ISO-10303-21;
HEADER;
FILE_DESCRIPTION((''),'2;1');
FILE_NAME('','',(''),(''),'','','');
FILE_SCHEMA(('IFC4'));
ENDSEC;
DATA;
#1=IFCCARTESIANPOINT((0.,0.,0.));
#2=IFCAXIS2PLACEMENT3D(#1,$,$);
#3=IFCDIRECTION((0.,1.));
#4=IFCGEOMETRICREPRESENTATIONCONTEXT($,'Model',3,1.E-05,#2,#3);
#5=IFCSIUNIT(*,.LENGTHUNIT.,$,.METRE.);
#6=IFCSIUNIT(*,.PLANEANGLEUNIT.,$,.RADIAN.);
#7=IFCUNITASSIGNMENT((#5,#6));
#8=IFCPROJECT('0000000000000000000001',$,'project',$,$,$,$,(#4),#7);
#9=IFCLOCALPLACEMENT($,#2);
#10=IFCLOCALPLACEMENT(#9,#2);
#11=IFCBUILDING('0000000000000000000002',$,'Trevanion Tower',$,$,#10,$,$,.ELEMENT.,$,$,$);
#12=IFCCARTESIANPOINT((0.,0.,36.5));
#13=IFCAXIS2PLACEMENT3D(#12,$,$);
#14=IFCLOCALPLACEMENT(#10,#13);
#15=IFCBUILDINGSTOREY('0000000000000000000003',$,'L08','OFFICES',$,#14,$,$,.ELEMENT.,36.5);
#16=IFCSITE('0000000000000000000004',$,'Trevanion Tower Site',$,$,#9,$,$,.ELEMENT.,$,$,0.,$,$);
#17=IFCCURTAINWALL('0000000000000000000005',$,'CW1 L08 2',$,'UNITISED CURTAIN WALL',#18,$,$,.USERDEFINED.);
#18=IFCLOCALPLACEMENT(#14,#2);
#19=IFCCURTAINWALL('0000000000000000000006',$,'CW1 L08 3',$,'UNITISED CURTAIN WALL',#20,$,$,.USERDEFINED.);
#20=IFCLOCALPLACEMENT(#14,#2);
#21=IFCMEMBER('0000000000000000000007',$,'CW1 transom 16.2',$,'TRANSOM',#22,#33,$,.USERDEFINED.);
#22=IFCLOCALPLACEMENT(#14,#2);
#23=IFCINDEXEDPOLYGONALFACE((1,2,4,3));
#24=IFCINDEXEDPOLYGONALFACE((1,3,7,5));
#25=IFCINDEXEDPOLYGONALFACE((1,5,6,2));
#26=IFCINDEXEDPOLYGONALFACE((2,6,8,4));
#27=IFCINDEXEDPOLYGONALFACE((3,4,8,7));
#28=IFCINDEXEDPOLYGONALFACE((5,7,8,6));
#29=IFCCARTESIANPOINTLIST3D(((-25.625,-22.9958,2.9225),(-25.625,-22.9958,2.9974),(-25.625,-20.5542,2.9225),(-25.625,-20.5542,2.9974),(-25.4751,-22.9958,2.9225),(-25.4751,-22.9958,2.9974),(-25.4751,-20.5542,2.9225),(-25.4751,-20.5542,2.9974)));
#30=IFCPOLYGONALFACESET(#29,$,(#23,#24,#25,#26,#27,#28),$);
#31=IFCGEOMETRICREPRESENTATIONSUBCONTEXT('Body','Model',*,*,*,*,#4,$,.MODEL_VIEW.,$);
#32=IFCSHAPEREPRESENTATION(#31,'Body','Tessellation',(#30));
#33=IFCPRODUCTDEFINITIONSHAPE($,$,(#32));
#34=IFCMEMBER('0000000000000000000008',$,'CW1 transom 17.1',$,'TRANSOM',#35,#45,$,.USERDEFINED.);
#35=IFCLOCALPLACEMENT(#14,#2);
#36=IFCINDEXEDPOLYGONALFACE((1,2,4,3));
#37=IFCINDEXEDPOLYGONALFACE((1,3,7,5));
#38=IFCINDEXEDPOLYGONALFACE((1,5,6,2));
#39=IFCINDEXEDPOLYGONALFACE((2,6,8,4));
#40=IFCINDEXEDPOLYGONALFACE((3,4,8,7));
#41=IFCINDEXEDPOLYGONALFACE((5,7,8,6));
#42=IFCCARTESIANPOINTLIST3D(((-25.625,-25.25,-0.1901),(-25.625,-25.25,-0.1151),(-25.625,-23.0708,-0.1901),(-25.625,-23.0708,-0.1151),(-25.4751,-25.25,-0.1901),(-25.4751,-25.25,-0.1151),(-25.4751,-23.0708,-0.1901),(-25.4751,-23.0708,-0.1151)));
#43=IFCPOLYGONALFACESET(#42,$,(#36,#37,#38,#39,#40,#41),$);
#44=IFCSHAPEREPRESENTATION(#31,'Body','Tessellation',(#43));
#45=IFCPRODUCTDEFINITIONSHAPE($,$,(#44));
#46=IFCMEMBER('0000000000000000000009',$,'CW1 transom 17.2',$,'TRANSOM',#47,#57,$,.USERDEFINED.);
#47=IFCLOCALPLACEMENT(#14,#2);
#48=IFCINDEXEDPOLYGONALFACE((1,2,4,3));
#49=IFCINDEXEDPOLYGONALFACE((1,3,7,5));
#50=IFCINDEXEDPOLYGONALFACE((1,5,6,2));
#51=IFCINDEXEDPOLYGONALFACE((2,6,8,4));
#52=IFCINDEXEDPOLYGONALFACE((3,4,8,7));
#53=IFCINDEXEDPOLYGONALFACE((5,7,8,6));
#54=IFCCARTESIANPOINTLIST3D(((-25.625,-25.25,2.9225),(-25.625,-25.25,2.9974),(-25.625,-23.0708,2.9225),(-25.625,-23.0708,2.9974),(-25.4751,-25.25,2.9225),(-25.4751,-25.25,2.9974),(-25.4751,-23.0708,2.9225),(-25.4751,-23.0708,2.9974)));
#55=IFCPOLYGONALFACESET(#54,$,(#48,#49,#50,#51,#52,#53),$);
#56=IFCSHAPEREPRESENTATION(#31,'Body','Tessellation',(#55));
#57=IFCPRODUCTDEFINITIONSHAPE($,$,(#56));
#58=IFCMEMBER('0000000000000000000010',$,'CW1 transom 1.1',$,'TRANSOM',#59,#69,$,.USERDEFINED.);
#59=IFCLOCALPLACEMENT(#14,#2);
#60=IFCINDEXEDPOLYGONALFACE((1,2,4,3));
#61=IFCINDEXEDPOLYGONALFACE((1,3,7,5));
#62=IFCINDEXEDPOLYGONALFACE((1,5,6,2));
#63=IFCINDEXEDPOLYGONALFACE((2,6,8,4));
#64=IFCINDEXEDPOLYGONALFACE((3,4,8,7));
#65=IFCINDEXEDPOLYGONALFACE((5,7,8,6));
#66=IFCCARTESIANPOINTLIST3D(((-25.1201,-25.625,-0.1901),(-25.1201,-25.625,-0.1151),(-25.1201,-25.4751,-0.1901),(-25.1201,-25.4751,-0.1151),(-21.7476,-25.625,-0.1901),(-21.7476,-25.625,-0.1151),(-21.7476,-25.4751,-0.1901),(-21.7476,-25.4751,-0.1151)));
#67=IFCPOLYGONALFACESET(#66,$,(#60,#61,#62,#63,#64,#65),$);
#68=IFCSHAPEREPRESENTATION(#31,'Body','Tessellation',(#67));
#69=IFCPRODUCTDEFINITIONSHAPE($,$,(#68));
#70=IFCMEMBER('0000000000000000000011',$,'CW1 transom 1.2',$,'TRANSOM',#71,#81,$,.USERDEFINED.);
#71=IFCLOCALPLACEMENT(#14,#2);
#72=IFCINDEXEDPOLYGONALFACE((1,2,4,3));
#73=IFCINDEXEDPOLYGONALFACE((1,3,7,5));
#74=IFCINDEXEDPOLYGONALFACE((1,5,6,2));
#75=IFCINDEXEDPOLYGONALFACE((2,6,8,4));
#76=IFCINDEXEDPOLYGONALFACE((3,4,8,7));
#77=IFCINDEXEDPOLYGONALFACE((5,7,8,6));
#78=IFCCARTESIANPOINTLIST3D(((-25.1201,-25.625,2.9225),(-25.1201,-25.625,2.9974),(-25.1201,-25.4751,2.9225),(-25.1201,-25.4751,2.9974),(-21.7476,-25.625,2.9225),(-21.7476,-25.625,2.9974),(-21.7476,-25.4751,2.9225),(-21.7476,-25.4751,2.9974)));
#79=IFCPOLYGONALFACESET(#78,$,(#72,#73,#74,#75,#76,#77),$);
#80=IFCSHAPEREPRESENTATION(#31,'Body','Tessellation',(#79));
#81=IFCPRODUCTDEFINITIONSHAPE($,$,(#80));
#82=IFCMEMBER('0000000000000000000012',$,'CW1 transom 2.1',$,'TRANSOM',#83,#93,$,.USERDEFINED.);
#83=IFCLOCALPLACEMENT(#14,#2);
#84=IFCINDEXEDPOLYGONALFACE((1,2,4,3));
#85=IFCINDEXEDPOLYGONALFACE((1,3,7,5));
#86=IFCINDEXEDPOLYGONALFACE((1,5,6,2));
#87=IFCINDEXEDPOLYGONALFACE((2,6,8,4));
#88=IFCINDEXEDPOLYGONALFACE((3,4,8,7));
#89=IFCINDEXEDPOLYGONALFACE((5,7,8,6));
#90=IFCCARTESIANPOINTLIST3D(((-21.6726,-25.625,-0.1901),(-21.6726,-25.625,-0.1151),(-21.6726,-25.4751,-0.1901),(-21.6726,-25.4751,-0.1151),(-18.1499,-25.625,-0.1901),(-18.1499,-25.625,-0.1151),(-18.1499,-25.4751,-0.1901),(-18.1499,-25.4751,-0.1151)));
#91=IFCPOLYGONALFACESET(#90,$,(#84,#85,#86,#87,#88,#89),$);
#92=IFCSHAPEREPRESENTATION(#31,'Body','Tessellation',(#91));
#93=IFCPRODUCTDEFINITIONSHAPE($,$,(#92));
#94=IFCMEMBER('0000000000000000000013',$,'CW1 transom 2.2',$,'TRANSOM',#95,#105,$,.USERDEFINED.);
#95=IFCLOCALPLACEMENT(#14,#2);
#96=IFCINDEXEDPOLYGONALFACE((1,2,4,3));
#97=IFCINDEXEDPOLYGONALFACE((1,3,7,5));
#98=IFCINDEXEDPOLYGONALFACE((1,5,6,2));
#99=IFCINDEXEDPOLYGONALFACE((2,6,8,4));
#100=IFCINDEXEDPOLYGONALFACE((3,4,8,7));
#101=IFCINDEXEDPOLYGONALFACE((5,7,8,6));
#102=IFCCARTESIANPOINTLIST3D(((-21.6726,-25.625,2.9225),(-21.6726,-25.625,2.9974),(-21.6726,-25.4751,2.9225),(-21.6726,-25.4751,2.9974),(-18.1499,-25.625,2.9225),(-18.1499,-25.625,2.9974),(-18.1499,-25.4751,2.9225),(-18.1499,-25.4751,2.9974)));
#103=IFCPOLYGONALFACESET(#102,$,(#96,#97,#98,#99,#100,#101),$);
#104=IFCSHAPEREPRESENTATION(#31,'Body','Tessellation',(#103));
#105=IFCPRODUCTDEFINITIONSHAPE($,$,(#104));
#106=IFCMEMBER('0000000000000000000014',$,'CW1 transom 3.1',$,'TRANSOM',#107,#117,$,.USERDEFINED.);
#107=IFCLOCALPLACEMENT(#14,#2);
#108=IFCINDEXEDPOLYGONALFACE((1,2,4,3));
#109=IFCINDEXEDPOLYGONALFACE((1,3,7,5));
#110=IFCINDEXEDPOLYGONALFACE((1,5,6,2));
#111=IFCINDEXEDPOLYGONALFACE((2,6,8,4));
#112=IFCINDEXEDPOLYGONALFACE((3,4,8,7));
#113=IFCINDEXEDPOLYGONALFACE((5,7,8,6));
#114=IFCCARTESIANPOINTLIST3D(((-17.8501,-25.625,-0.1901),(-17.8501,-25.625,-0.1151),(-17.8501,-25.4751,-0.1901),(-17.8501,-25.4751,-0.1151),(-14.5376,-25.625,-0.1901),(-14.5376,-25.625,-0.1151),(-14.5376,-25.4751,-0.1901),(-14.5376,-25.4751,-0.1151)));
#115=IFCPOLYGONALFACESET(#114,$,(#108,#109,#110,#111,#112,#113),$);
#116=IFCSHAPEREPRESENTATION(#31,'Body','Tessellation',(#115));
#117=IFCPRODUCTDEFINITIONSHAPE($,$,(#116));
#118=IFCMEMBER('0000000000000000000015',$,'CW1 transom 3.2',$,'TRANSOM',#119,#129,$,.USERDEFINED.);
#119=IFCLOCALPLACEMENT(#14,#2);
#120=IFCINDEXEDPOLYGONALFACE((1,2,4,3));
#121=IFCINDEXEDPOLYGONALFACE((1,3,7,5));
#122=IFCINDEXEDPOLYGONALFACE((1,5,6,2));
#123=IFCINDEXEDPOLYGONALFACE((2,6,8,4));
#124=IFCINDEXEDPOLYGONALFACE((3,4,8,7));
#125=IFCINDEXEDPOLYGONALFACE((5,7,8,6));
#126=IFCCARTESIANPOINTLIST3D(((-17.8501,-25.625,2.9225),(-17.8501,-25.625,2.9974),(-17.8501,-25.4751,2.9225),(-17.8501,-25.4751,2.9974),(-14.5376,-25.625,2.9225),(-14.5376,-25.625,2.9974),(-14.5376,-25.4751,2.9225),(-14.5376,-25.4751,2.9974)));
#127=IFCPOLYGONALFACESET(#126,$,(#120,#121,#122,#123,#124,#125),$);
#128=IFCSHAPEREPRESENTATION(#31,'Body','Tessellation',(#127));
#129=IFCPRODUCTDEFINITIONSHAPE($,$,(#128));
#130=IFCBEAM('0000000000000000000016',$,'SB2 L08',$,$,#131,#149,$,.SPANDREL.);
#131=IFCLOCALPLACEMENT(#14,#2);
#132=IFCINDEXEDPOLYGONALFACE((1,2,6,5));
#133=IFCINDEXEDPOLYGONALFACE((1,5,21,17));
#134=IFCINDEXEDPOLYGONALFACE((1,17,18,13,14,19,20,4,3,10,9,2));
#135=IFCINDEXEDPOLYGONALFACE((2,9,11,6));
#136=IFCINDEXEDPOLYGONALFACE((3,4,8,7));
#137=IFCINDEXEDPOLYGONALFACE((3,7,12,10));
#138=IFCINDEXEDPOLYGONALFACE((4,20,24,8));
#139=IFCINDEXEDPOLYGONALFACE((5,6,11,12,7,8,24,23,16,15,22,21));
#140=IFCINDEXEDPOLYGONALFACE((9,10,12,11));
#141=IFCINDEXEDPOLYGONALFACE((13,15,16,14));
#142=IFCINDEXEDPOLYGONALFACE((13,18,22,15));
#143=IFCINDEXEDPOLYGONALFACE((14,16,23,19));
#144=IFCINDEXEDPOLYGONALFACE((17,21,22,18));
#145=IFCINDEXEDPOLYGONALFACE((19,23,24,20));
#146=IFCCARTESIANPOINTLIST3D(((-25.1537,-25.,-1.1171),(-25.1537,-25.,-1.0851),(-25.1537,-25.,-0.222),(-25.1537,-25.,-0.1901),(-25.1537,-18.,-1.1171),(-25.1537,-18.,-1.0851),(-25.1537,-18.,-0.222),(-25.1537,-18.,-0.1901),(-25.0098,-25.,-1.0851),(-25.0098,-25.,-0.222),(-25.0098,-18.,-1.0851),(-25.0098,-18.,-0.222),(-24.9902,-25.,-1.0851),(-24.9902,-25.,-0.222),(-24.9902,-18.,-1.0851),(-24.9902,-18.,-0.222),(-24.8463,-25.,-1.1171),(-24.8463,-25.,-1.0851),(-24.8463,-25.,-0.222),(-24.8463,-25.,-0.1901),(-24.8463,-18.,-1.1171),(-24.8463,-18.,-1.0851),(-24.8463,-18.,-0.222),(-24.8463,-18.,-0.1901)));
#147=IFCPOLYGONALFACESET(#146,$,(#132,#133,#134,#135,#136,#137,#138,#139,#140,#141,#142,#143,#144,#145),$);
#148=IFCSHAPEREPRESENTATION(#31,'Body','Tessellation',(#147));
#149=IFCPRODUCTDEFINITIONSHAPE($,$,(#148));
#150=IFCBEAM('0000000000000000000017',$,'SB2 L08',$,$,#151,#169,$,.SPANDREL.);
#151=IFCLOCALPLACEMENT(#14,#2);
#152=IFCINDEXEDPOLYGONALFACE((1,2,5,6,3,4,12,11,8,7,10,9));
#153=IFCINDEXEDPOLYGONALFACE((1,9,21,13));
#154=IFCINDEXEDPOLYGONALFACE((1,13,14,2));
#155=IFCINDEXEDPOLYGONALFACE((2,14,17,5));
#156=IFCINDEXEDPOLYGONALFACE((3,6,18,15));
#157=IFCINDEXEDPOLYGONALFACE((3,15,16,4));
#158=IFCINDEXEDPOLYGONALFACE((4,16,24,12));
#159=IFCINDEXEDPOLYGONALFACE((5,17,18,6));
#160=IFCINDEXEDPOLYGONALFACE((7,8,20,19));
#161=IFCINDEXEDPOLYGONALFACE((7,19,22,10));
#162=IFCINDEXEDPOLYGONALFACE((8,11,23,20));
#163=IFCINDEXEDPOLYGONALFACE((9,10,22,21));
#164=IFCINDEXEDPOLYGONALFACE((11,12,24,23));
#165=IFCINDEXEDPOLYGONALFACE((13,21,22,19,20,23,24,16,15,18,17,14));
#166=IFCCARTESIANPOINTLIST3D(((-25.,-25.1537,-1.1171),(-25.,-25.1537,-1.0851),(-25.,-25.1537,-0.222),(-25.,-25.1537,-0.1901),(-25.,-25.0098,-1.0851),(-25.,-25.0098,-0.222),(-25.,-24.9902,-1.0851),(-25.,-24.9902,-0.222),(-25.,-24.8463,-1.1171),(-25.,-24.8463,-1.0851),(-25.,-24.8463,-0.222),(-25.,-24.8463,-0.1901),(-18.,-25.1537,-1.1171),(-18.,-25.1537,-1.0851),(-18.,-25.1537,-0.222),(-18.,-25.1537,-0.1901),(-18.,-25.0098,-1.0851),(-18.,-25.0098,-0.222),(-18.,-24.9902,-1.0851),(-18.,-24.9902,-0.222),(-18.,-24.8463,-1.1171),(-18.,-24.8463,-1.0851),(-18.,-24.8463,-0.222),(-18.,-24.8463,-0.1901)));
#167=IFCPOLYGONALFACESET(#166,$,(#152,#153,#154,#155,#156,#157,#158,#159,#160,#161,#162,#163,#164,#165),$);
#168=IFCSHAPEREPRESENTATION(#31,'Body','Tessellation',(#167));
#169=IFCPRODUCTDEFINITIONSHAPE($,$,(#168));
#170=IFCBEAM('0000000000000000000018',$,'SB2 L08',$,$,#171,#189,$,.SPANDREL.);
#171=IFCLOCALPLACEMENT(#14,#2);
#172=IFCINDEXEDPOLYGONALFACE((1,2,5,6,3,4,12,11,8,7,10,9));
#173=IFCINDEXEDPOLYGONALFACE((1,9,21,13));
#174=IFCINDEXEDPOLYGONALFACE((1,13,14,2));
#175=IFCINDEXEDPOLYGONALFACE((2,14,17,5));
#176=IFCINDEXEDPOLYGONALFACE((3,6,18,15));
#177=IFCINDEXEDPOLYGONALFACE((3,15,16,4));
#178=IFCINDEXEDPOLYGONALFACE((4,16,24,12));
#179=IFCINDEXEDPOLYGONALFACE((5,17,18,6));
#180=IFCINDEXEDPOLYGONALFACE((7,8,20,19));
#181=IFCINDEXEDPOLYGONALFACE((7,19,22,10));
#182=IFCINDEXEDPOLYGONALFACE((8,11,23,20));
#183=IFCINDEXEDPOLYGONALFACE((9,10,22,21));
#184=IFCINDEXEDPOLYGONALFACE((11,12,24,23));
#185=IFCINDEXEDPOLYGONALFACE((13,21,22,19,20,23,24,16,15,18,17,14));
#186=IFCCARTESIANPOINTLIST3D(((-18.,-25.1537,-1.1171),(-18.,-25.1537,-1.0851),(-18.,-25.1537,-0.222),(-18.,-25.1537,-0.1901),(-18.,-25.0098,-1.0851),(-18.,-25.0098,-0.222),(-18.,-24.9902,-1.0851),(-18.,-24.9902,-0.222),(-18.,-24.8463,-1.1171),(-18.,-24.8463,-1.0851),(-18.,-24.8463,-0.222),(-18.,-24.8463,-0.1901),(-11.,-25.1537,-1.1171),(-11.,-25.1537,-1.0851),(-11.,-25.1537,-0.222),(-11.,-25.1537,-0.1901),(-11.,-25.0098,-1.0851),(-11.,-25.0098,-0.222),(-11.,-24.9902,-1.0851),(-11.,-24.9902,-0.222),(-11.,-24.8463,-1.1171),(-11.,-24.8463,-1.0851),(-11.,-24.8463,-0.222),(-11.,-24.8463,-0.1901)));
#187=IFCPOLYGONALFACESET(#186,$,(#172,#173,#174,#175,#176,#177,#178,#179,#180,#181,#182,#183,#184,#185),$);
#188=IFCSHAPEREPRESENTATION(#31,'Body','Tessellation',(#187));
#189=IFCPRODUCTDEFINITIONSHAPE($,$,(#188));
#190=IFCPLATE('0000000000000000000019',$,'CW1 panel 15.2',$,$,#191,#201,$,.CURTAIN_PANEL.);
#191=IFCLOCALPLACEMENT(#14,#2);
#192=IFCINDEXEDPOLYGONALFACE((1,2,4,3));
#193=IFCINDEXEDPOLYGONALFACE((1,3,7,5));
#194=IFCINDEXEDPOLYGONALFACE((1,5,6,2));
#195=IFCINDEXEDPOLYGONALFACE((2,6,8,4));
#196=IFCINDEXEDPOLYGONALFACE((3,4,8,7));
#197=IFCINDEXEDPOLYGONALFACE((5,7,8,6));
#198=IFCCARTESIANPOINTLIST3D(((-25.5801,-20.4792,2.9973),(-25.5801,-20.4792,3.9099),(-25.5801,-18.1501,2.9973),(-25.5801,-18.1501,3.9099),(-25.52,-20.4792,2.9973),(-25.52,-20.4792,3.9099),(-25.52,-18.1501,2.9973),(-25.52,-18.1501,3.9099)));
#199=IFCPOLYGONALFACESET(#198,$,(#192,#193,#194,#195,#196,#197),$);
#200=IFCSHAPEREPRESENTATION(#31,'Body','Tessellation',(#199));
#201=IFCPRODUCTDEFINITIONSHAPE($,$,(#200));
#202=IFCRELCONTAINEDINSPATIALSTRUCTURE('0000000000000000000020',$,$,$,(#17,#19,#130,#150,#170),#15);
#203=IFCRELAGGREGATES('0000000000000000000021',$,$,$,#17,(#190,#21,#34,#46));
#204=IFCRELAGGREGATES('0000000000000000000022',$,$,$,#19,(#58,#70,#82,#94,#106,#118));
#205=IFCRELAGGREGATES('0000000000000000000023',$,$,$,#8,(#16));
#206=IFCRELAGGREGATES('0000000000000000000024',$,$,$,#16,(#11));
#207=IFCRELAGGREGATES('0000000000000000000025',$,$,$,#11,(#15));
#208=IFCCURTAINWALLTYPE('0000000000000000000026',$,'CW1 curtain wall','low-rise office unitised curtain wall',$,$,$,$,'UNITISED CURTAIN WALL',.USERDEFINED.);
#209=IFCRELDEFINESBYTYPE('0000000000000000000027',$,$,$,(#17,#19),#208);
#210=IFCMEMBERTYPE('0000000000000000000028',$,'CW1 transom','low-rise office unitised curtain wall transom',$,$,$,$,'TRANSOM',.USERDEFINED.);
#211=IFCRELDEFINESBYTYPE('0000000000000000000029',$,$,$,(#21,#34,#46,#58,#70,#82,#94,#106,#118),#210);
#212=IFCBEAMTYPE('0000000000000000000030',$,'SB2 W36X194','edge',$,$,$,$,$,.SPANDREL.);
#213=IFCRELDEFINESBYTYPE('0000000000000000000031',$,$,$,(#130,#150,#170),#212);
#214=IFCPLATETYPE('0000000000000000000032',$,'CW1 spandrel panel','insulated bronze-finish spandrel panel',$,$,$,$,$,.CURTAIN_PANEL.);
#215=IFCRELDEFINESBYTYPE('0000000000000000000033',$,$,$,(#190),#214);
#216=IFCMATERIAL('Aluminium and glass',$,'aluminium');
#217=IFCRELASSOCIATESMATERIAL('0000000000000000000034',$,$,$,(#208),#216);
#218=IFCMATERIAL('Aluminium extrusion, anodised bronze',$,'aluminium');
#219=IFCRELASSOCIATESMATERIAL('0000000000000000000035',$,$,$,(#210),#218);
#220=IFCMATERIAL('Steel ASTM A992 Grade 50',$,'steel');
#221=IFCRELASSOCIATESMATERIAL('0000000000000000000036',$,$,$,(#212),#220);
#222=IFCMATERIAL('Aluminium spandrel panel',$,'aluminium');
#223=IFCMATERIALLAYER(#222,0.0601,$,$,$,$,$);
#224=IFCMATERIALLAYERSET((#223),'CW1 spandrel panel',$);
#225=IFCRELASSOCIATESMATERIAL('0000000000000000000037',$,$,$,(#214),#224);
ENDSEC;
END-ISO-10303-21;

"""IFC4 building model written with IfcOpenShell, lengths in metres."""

from ifc_helpers import new_model, si_unit, direction, frame, origin, origin_2d, place, context, subcontext, project, spatial, rectangle, i_section, extrude, material, layer, layer_set, material_profile, profile_set, type_object, element, aggregate, save


model = new_model("IFC4")

# Units and contexts
model_context = context("Model", 3, precision=1e-05, world=origin(), true_north=direction((0.0, 1.0)))
body_context = subcontext(model_context, "Body", "Model", "MODEL_VIEW")
ifc_project = project(units=[si_unit("LENGTHUNIT", "METRE"), si_unit("PLANEANGLEUNIT", "RADIAN")], contexts=[model_context])

# Site, building, storey
site_placement = place(None, origin())
site = spatial("IfcSite", under=ifc_project, at=site_placement, Name="Trevanion Tower Site", CompositionType="ELEMENT", RefElevation=0.0)
building_placement = place(site_placement, origin())
building = spatial("IfcBuilding", under=site, at=building_placement, Name="Trevanion Tower", CompositionType="ELEMENT")
storey_placement = place(building_placement, frame((0.0, 0.0, 36.5)))
storey = spatial("IfcBuildingStorey", under=building, at=storey_placement, Name="L08", Description="OFFICES", CompositionType="ELEMENT", Elevation=36.5)

# Curtain wall
ifc_material_1 = material(Name="Aluminium and glass", Category="aluminium")
curtain_wall_type = type_object("IfcCurtainWallType", Name="CW1 curtain wall", Description="low-rise office unitised curtain wall", ElementType="UNITISED CURTAIN WALL", PredefinedType="USERDEFINED", material=ifc_material_1)
curtain_wall_1_placement = place(storey_placement, origin())
curtain_wall_1 = element("IfcCurtainWall", 1, at=curtain_wall_1_placement, inside=storey, type_object=curtain_wall_type, Name="CW1 L08 2", ObjectType="UNITISED CURTAIN WALL", PredefinedType="USERDEFINED")

# Curtain wall
curtain_wall_2_placement = place(storey_placement, origin())
curtain_wall_2 = element("IfcCurtainWall", 2, at=curtain_wall_2_placement, inside=storey, type_object=curtain_wall_type, Name="CW1 L08 3", ObjectType="UNITISED CURTAIN WALL", PredefinedType="USERDEFINED")

# Members
ifc_material_2 = material(Name="Aluminium extrusion, anodised bronze", Category="aluminium")
ifc_material_profile_1 = material_profile(ifc_material_2, rectangle(XDim=0.1499, YDim=0.075, at=origin_2d()), Name="CW1 transom")
ifc_profile_set_1 = profile_set([ifc_material_profile_1], Name="Aluminium extrusion, anodised bronze")
member_type_1 = type_object("IfcMemberType", Name="CW1 transom", Description="low-rise office unitised curtain wall transom", ElementType="TRANSOM", PredefinedType="USERDEFINED", material=ifc_profile_set_1)
member_1_placement = place(storey_placement, frame((-25.55, -20.5542, 2.96), z_axis=(0.0, -1.0, 0.0), x_axis=(1.0, 0.0, 0.0)))
member_1 = element("IfcMember", 3, at=member_1_placement, type_object=member_type_1, Name="CW1 transom 16.2", ObjectType="TRANSOM", PredefinedType="USERDEFINED", context=body_context, shape_type="SweptSolid", body=[
    extrude(rectangle(XDim=0.1499, YDim=0.075, at=origin_2d()), origin(), (0.0, 0.0, 1.0), 2.4417),
])
member_2_placement = place(storey_placement, frame((-25.55, -23.0708, -0.1526), z_axis=(0.0, -1.0, 0.0), x_axis=(1.0, 0.0, 0.0)))
member_2 = element("IfcMember", 4, at=member_2_placement, type_object=member_type_1, Name="CW1 transom 17.1", ObjectType="TRANSOM", PredefinedType="USERDEFINED", context=body_context, shape_type="SweptSolid", body=[
    extrude(rectangle(XDim=0.1499, YDim=0.075, at=origin_2d()), origin(), (0.0, 0.0, 1.0), 2.1792),
])
member_3_placement = place(storey_placement, frame((-25.55, -23.0708, 2.96), z_axis=(0.0, -1.0, 0.0), x_axis=(1.0, 0.0, 0.0)))
member_3 = element("IfcMember", 5, at=member_3_placement, type_object=member_type_1, Name="CW1 transom 17.2", ObjectType="TRANSOM", PredefinedType="USERDEFINED", context=body_context, shape_type="SweptSolid", body=[
    extrude(rectangle(XDim=0.1499, YDim=0.075, at=origin_2d()), origin(), (0.0, 0.0, 1.0), 2.1792),
])
member_4_placement = place(storey_placement, frame((-25.1201, -25.55, -0.1526), z_axis=(1.0, 0.0, 0.0), x_axis=(0.0, 1.0, 0.0)))
member_4 = element("IfcMember", 6, at=member_4_placement, type_object=member_type_1, Name="CW1 transom 1.1", ObjectType="TRANSOM", PredefinedType="USERDEFINED", context=body_context, shape_type="SweptSolid", body=[
    extrude(rectangle(XDim=0.1499, YDim=0.075, at=origin_2d()), origin(), (0.0, 0.0, 1.0), 3.3726),
])
member_5_placement = place(storey_placement, frame((-25.1201, -25.55, 2.96), z_axis=(1.0, 0.0, 0.0), x_axis=(0.0, 1.0, 0.0)))
member_5 = element("IfcMember", 7, at=member_5_placement, type_object=member_type_1, Name="CW1 transom 1.2", ObjectType="TRANSOM", PredefinedType="USERDEFINED", context=body_context, shape_type="SweptSolid", body=[
    extrude(rectangle(XDim=0.1499, YDim=0.075, at=origin_2d()), origin(), (0.0, 0.0, 1.0), 3.3726),
])
member_6_placement = place(storey_placement, frame((-21.6726, -25.55, -0.1526), z_axis=(1.0, 0.0, 0.0), x_axis=(0.0, 1.0, 0.0)))
member_6 = element("IfcMember", 8, at=member_6_placement, type_object=member_type_1, Name="CW1 transom 2.1", ObjectType="TRANSOM", PredefinedType="USERDEFINED", context=body_context, shape_type="SweptSolid", body=[
    extrude(rectangle(XDim=0.1499, YDim=0.075, at=origin_2d()), origin(), (0.0, 0.0, 1.0), 3.5227),
])
member_7_placement = place(storey_placement, frame((-21.6726, -25.55, 2.96), z_axis=(1.0, 0.0, 0.0), x_axis=(0.0, 1.0, 0.0)))
member_7 = element("IfcMember", 9, at=member_7_placement, type_object=member_type_1, Name="CW1 transom 2.2", ObjectType="TRANSOM", PredefinedType="USERDEFINED", context=body_context, shape_type="SweptSolid", body=[
    extrude(rectangle(XDim=0.1499, YDim=0.075, at=origin_2d()), origin(), (0.0, 0.0, 1.0), 3.5227),
])
member_8_placement = place(storey_placement, frame((-17.8501, -25.55, -0.1526), z_axis=(1.0, 0.0, 0.0), x_axis=(0.0, 1.0, 0.0)))
member_8 = element("IfcMember", 10, at=member_8_placement, type_object=member_type_1, Name="CW1 transom 3.1", ObjectType="TRANSOM", PredefinedType="USERDEFINED", context=body_context, shape_type="SweptSolid", body=[
    extrude(rectangle(XDim=0.1499, YDim=0.075, at=origin_2d()), origin(), (0.0, 0.0, 1.0), 3.3125),
])
member_9_placement = place(storey_placement, frame((-17.8501, -25.55, 2.96), z_axis=(1.0, 0.0, 0.0), x_axis=(0.0, 1.0, 0.0)))
member_9 = element("IfcMember", 11, at=member_9_placement, type_object=member_type_1, Name="CW1 transom 3.2", ObjectType="TRANSOM", PredefinedType="USERDEFINED", context=body_context, shape_type="SweptSolid", body=[
    extrude(rectangle(XDim=0.1499, YDim=0.075, at=origin_2d()), origin(), (0.0, 0.0, 1.0), 3.3125),
])

# Beams
ifc_material_3 = material(Name="Steel ASTM A992 Grade 50", Category="steel")
ifc_material_profile_2 = material_profile(ifc_material_3, i_section(OverallWidth=0.3074, OverallDepth=0.927, WebThickness=0.0195, FlangeThickness=0.032, at=origin_2d()), Name="W36X194")
ifc_profile_set_2 = profile_set([ifc_material_profile_2], Name="Steel ASTM A992 Grade 50")
beam_type = type_object("IfcBeamType", Name="SB2 W36X194", Description="edge", PredefinedType="SPANDREL", material=ifc_profile_set_2)
for number, where, z_axis, x_axis, name in (
    (12, (-25.0, -18.0, -0.6536), (0.0, -1.0, 0.0), (1.0, 0.0, 0.0), "SB2 L08"),
    (13, (-25.0, -25.0, -0.6536), (1.0, 0.0, 0.0), (0.0, 1.0, 0.0), "SB2 L08"),
    (14, (-18.0, -25.0, -0.6536), (1.0, 0.0, 0.0), (0.0, 1.0, 0.0), "SB2 L08"),
):
    element("IfcBeam", number, at=place(storey_placement, frame(where, z_axis=z_axis, x_axis=x_axis)), inside=storey, type_object=beam_type, Name=name, PredefinedType="SPANDREL", context=body_context, shape_type="SweptSolid", body=[
        extrude(i_section(OverallWidth=0.3074, OverallDepth=0.927, WebThickness=0.0195, FlangeThickness=0.032, at=origin_2d()), origin(), (0.0, 0.0, 1.0), 7.0),
    ])

# Plate
ifc_material_4 = material(Name="Aluminium spandrel panel", Category="aluminium")
ifc_layer_1 = layer(ifc_material_4, 0.0601)
ifc_layer_set_1 = layer_set([ifc_layer_1], Name="CW1 spandrel panel")
plate_type_1 = type_object("IfcPlateType", Name="CW1 spandrel panel", Description="insulated bronze-finish spandrel panel", PredefinedType="CURTAIN_PANEL", material=ifc_layer_set_1)
plate_1_placement = place(storey_placement, frame((-25.55, -19.3147, 2.9973), z_axis=(0.0, 0.0, 1.0), x_axis=(0.0, -1.0, 0.0)))
plate_1 = element("IfcPlate", 15, at=plate_1_placement, type_object=plate_type_1, Name="CW1 panel 15.2", PredefinedType="CURTAIN_PANEL", context=body_context, shape_type="SweptSolid", body=[
    extrude(rectangle(XDim=2.3291, YDim=0.0601, at=origin_2d()), origin(), (0.0, 0.0, 1.0), 0.9126),
])
aggregate(curtain_wall_1, [plate_1, member_1, member_2, member_3])
aggregate(curtain_wall_2, [member_4, member_5, member_6, member_7, member_8, member_9])

save(model, "model.ifc")
